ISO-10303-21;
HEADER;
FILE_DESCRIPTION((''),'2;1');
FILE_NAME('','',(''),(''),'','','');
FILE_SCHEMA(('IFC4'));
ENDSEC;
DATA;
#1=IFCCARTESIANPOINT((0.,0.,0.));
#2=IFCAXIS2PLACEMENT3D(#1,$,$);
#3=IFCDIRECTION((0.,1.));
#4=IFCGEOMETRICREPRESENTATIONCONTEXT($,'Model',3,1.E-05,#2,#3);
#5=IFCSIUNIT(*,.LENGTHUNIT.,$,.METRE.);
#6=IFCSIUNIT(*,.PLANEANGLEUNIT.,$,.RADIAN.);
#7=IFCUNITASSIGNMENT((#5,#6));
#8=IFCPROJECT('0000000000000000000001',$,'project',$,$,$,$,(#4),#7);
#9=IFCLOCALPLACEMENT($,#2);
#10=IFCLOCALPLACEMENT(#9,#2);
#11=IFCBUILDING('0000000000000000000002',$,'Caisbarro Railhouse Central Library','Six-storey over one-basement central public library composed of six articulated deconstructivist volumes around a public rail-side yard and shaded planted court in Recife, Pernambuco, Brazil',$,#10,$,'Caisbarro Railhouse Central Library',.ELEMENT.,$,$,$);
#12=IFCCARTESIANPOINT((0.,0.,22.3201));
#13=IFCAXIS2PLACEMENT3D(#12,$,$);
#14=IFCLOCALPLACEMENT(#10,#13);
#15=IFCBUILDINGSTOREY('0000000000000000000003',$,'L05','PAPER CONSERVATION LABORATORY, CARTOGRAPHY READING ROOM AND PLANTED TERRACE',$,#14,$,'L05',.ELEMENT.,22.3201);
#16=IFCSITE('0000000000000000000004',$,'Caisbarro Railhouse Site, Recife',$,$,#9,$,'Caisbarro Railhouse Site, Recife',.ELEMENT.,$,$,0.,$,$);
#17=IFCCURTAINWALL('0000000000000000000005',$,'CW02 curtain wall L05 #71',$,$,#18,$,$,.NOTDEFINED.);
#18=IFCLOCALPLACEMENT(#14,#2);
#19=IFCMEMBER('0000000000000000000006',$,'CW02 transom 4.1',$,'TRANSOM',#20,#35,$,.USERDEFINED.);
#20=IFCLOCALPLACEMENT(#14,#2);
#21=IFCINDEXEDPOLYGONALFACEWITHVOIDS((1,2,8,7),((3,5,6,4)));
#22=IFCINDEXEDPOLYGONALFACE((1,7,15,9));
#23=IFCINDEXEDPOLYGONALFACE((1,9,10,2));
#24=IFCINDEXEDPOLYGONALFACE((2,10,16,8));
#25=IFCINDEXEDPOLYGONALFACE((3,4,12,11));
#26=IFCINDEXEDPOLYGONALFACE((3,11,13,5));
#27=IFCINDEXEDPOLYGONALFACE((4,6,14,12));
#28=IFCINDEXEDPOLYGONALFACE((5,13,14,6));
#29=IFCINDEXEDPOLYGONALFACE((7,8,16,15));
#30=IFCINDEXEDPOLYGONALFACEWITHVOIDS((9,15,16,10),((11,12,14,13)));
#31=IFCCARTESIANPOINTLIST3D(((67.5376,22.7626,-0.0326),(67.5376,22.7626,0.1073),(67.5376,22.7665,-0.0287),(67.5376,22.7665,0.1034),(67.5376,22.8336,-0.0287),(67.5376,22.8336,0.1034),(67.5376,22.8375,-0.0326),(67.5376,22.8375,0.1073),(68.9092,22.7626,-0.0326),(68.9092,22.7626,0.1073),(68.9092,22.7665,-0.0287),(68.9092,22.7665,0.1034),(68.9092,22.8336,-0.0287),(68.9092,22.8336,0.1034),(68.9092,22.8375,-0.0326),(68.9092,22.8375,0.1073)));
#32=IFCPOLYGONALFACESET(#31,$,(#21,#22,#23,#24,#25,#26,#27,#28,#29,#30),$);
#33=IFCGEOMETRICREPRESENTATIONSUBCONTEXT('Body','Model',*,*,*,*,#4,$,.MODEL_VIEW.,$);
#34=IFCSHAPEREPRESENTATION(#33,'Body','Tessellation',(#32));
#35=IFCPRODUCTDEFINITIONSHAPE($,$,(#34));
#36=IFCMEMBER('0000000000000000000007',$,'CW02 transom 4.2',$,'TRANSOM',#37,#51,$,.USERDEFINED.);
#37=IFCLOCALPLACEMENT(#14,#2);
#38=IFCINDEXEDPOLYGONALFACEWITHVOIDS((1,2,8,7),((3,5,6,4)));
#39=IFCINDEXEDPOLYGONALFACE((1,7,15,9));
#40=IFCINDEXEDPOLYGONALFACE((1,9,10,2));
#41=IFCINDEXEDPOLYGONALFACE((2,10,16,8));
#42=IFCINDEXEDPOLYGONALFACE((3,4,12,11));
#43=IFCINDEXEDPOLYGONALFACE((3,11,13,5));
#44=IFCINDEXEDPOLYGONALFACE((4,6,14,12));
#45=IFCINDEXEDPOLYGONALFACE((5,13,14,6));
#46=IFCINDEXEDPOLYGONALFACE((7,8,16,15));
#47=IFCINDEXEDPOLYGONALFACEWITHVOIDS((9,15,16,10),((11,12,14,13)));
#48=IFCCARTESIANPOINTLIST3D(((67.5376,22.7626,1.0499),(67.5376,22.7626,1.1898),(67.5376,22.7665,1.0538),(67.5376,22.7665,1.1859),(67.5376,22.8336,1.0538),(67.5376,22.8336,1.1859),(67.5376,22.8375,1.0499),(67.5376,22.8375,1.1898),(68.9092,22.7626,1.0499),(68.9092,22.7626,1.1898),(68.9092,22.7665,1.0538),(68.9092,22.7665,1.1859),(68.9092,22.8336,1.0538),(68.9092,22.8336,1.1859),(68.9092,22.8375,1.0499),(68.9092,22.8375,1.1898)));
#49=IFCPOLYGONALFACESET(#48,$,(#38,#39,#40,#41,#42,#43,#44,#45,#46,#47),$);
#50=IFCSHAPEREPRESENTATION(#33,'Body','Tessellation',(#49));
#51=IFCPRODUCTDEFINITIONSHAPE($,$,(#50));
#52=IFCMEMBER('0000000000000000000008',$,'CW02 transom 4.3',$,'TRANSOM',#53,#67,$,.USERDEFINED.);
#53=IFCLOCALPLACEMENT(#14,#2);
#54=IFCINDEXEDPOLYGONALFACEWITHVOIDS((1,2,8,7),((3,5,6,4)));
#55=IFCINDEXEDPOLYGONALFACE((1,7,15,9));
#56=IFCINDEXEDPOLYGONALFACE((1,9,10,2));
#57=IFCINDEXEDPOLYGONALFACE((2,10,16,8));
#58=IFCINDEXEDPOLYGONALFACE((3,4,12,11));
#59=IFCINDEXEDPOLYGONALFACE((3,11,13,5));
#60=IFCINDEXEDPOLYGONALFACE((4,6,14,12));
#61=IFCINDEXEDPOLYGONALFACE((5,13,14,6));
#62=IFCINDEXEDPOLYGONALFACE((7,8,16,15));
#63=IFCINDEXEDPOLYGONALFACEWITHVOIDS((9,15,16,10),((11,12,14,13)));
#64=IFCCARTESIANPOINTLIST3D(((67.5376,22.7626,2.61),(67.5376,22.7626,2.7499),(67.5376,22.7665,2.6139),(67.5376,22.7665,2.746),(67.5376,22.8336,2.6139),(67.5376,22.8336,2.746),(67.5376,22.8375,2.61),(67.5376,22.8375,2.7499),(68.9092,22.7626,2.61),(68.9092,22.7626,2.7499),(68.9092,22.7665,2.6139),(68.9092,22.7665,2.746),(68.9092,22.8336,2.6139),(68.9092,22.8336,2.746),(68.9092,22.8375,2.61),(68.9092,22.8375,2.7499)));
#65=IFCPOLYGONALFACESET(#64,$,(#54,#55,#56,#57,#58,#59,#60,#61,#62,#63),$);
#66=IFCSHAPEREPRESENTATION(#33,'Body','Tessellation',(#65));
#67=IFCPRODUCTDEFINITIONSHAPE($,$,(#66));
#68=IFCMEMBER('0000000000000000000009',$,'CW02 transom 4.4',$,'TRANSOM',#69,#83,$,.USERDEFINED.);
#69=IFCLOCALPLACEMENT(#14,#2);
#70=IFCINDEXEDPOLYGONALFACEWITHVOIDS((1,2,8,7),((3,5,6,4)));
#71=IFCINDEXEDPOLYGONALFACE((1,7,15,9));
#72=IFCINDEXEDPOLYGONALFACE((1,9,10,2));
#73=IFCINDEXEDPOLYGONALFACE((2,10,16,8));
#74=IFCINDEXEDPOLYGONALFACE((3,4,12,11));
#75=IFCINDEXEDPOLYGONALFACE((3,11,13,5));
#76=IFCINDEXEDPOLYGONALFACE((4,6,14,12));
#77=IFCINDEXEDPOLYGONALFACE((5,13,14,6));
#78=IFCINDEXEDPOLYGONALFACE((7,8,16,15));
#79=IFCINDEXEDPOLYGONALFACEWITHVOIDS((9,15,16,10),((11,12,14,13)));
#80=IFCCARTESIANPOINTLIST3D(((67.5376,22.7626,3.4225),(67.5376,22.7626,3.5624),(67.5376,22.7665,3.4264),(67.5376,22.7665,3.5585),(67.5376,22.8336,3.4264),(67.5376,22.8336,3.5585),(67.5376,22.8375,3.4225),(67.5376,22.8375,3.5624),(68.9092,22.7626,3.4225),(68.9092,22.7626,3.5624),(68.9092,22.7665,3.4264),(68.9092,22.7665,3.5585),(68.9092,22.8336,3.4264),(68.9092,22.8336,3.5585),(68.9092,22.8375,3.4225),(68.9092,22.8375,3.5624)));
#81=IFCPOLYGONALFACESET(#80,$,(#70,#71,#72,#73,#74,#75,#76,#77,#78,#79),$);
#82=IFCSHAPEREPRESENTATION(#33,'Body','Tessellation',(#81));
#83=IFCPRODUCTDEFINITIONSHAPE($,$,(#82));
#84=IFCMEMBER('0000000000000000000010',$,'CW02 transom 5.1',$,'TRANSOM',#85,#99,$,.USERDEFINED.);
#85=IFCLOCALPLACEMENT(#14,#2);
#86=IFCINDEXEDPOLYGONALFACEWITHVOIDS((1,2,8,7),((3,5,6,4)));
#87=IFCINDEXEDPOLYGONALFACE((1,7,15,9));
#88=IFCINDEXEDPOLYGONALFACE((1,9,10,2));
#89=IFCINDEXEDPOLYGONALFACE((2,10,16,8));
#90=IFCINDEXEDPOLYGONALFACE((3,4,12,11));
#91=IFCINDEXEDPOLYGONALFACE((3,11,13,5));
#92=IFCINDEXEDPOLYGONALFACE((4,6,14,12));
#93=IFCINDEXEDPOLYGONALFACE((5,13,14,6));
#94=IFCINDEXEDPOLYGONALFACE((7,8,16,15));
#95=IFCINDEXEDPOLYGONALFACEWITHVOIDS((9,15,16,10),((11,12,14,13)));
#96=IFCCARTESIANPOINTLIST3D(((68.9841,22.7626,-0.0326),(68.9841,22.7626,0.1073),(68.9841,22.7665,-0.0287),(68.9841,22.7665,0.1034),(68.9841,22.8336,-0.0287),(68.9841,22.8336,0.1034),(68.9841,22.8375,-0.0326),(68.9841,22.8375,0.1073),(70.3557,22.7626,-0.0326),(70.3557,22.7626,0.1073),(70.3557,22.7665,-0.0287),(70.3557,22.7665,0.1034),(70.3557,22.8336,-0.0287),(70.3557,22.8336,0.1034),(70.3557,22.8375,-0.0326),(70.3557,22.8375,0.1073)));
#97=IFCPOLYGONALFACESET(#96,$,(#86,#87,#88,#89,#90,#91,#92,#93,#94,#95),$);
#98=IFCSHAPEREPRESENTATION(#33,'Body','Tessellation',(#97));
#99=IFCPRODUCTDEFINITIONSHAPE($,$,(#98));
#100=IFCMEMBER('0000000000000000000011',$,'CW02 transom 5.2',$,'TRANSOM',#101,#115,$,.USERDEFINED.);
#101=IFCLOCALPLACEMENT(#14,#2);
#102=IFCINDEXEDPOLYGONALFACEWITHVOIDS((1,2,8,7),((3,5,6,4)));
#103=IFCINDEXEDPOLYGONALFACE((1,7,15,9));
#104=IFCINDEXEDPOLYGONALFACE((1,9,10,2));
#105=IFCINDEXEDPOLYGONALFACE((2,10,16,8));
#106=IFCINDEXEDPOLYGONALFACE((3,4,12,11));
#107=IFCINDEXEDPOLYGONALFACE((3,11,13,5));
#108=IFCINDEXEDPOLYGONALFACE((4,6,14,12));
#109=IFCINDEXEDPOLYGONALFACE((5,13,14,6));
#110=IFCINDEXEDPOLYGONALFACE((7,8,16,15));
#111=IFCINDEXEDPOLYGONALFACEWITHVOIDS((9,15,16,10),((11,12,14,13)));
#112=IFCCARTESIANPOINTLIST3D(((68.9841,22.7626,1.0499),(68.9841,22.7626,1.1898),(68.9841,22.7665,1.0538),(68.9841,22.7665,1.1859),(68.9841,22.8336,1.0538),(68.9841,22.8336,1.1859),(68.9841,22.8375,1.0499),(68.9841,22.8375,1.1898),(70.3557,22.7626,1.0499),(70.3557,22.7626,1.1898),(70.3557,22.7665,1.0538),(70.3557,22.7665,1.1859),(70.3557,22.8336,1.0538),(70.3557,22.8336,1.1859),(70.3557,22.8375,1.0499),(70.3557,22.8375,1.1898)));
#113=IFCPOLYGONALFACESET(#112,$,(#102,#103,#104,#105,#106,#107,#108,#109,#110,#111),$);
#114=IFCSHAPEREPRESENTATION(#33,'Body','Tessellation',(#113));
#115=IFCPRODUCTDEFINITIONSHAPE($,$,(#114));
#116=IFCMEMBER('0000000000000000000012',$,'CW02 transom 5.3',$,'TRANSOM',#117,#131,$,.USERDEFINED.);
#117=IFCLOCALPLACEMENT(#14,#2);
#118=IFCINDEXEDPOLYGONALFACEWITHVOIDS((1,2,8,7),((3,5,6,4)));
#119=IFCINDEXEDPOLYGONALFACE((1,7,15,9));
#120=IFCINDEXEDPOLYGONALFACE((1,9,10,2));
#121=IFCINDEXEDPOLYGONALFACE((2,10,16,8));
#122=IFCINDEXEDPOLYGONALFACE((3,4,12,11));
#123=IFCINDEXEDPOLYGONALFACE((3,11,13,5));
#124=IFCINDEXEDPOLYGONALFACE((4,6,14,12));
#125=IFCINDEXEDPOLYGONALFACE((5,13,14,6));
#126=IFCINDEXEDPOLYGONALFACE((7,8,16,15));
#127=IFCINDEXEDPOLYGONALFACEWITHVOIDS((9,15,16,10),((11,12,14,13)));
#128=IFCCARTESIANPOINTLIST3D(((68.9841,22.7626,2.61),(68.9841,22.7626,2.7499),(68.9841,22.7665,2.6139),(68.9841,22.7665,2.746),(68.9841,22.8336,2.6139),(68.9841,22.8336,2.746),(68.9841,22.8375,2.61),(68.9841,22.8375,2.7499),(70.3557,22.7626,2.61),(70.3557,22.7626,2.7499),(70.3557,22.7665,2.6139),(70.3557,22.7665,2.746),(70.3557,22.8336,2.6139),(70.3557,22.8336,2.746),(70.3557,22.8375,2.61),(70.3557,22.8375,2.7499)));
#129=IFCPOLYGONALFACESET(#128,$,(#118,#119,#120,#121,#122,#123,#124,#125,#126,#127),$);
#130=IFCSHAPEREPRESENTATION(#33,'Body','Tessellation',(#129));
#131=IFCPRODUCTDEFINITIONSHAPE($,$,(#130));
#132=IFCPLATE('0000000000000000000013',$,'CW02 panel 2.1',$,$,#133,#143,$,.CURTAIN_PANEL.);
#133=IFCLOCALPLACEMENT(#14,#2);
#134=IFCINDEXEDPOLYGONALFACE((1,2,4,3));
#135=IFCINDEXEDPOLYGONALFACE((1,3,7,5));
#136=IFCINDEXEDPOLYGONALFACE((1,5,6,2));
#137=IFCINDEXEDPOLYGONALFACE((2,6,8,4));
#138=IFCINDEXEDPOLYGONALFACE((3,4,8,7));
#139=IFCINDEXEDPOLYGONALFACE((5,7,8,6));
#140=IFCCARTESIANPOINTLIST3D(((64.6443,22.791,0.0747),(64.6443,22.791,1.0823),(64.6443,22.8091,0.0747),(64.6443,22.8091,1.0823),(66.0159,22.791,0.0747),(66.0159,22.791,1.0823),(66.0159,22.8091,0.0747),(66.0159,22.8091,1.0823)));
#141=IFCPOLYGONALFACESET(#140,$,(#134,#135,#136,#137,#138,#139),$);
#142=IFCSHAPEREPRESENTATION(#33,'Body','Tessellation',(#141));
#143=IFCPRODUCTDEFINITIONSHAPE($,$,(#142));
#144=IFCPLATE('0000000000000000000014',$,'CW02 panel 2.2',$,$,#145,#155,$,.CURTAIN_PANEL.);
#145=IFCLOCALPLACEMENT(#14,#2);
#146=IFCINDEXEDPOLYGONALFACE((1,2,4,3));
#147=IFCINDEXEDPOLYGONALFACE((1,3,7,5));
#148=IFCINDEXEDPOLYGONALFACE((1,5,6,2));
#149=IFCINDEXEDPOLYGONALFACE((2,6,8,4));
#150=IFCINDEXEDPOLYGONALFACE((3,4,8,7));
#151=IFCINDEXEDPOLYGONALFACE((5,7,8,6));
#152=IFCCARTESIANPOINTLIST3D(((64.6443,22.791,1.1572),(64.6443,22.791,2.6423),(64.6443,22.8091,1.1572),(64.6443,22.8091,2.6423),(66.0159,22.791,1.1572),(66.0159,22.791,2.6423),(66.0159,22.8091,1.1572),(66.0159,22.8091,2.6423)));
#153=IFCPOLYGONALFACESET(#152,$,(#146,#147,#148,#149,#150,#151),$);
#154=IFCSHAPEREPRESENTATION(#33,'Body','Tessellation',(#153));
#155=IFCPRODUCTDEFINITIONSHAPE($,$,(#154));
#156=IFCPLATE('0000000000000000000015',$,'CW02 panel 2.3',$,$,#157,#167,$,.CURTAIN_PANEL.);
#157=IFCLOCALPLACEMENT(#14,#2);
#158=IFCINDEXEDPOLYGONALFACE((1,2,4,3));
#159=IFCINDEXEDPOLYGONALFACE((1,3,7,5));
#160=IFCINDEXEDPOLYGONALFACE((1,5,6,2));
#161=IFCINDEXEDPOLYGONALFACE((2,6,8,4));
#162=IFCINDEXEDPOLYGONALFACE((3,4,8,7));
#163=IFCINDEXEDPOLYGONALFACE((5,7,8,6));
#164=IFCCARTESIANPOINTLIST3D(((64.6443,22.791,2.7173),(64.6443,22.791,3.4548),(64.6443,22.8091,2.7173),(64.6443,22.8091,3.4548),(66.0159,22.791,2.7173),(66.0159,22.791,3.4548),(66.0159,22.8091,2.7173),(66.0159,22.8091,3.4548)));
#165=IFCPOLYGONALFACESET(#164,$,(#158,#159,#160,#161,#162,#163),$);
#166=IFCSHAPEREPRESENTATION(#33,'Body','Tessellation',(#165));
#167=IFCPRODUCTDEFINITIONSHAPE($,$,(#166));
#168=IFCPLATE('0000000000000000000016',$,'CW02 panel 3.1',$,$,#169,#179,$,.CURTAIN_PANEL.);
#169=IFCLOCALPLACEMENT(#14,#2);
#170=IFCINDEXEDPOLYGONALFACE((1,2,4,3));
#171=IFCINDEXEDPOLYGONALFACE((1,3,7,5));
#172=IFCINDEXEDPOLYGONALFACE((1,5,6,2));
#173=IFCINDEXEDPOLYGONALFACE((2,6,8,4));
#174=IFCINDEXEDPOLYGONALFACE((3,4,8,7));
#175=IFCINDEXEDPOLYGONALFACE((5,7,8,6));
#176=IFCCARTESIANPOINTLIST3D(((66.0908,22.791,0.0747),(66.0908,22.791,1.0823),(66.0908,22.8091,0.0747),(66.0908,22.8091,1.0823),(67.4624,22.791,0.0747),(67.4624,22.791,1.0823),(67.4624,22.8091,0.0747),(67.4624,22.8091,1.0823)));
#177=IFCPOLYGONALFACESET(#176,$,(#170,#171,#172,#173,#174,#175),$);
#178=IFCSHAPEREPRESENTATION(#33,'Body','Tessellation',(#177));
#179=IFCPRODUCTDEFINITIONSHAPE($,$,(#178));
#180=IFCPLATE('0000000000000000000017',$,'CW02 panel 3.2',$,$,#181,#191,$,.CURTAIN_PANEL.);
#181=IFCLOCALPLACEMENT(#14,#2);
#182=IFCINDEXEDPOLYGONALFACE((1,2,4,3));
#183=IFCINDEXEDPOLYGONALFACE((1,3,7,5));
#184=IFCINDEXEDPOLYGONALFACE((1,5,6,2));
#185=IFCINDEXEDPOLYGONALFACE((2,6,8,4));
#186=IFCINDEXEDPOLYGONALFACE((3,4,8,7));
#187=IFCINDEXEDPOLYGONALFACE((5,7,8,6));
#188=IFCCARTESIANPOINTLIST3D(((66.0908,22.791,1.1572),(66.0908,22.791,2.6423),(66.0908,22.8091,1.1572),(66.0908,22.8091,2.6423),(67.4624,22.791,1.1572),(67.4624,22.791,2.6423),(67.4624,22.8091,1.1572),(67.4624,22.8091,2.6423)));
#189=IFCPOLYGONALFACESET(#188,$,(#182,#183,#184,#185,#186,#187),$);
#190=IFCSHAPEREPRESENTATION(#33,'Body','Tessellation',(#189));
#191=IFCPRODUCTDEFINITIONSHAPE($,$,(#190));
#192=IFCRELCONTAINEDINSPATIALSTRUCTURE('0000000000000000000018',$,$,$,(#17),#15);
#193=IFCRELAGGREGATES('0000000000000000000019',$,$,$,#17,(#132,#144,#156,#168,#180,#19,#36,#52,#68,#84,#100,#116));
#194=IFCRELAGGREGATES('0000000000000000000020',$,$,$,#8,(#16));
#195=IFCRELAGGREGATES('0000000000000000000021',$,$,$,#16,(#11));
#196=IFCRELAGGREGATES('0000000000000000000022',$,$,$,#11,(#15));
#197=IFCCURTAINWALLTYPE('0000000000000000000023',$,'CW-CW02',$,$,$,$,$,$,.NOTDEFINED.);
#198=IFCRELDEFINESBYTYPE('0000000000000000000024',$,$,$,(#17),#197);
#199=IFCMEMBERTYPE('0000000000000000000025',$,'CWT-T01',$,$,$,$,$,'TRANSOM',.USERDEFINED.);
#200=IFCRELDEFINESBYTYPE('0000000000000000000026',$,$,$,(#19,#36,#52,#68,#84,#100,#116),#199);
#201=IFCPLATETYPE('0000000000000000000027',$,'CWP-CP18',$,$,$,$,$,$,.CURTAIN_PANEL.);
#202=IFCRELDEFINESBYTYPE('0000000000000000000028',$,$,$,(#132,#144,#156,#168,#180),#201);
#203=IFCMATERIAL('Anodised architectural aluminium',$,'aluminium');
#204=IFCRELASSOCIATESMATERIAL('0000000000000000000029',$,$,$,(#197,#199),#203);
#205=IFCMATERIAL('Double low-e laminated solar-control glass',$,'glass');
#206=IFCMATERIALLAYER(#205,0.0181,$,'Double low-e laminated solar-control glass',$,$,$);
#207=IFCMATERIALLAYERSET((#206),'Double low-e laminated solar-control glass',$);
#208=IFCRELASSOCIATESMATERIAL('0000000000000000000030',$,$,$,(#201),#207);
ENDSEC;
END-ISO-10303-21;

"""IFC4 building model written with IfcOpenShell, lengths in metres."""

from ifc_helpers import new_model, si_unit, direction, frame, origin, origin_2d, place, context, subcontext, project, spatial, rectangle, hollow_rectangle, extrude, material, layer, layer_set, material_profile, profile_set, type_object, element, aggregate, save


model = new_model("IFC4")

# Units and contexts
model_context = context("Model", 3, precision=1e-05, world=origin(), true_north=direction((0.0, 1.0)))
body_context = subcontext(model_context, "Body", "Model", "MODEL_VIEW")
ifc_project = project(units=[si_unit("LENGTHUNIT", "METRE"), si_unit("PLANEANGLEUNIT", "RADIAN")], contexts=[model_context])

# Site, building, storey
site_placement = place(None, origin())
site = spatial("IfcSite", under=ifc_project, at=site_placement, Name="Caisbarro Railhouse Site, Recife", LongName="Caisbarro Railhouse Site, Recife", CompositionType="ELEMENT", RefElevation=0.0)
building_placement = place(site_placement, origin())
building = spatial("IfcBuilding", under=site, at=building_placement, Name="Caisbarro Railhouse Central Library", Description="Six-storey over one-basement central public library composed of six articulated deconstructivist volumes around a public rail-side yard and shaded planted court in Recife, Pernambuco, Brazil", LongName="Caisbarro Railhouse Central Library", CompositionType="ELEMENT")
storey_placement = place(building_placement, frame((0.0, 0.0, 22.3201)))
storey = spatial("IfcBuildingStorey", under=building, at=storey_placement, Name="L05", Description="PAPER CONSERVATION LABORATORY, CARTOGRAPHY READING ROOM AND PLANTED TERRACE", LongName="L05", CompositionType="ELEMENT", Elevation=22.3201)

# Curtain wall, members, plates
ifc_material_1 = material(Name="Anodised architectural aluminium", Category="aluminium")
curtain_wall_type = type_object("IfcCurtainWallType", Name="CW-CW02", PredefinedType="NOTDEFINED", material=ifc_material_1)
curtain_wall_placement = place(storey_placement, origin())
curtain_wall = element("IfcCurtainWall", 1, at=curtain_wall_placement, inside=storey, type_object=curtain_wall_type, Name="CW02 curtain wall L05 #71", PredefinedType="NOTDEFINED")
ifc_material_profile_1 = material_profile(ifc_material_1, hollow_rectangle(XDim=0.075, YDim=0.1399, WallThickness=0.0039, at=origin_2d()), Name="ALU-TRN-75X140")
ifc_profile_set_1 = profile_set([ifc_material_profile_1], Name="Anodised architectural aluminium")
member_type_1 = type_object("IfcMemberType", Name="CWT-T01", ElementType="TRANSOM", PredefinedType="USERDEFINED", material=ifc_profile_set_1)
member_1_placement = place(storey_placement, frame((67.5376, 22.8, 0.0374), z_axis=(1.0, 0.0, 0.0), x_axis=(0.0, 1.0, 0.0)))
member_1 = element("IfcMember", 2, at=member_1_placement, type_object=member_type_1, Name="CW02 transom 4.1", ObjectType="TRANSOM", PredefinedType="USERDEFINED", context=body_context, shape_type="SweptSolid", body=[
    extrude(hollow_rectangle(XDim=0.075, YDim=0.1399, WallThickness=0.0039, at=origin_2d()), origin(), (0.0, 0.0, 1.0), 1.3716),
])
member_2_placement = place(storey_placement, frame((67.5376, 22.8, 1.1199), z_axis=(1.0, 0.0, 0.0), x_axis=(0.0, 1.0, 0.0)))
member_2 = element("IfcMember", 3, at=member_2_placement, type_object=member_type_1, Name="CW02 transom 4.2", ObjectType="TRANSOM", PredefinedType="USERDEFINED", context=body_context, shape_type="SweptSolid", body=[
    extrude(hollow_rectangle(XDim=0.075, YDim=0.1399, WallThickness=0.0039, at=origin_2d()), origin(), (0.0, 0.0, 1.0), 1.3716),
])
member_3_placement = place(storey_placement, frame((67.5376, 22.8, 2.6799), z_axis=(1.0, 0.0, 0.0), x_axis=(0.0, 1.0, 0.0)))
member_3 = element("IfcMember", 4, at=member_3_placement, type_object=member_type_1, Name="CW02 transom 4.3", ObjectType="TRANSOM", PredefinedType="USERDEFINED", context=body_context, shape_type="SweptSolid", body=[
    extrude(hollow_rectangle(XDim=0.075, YDim=0.1399, WallThickness=0.0039, at=origin_2d()), origin(), (0.0, 0.0, 1.0), 1.3716),
])
member_4_placement = place(storey_placement, frame((67.5376, 22.8, 3.4924), z_axis=(1.0, 0.0, 0.0), x_axis=(0.0, 1.0, 0.0)))
member_4 = element("IfcMember", 5, at=member_4_placement, type_object=member_type_1, Name="CW02 transom 4.4", ObjectType="TRANSOM", PredefinedType="USERDEFINED", context=body_context, shape_type="SweptSolid", body=[
    extrude(hollow_rectangle(XDim=0.075, YDim=0.1399, WallThickness=0.0039, at=origin_2d()), origin(), (0.0, 0.0, 1.0), 1.3716),
])
member_5_placement = place(storey_placement, frame((68.9841, 22.8, 0.0374), z_axis=(1.0, 0.0, 0.0), x_axis=(0.0, 1.0, 0.0)))
member_5 = element("IfcMember", 6, at=member_5_placement, type_object=member_type_1, Name="CW02 transom 5.1", ObjectType="TRANSOM", PredefinedType="USERDEFINED", context=body_context, shape_type="SweptSolid", body=[
    extrude(hollow_rectangle(XDim=0.075, YDim=0.1399, WallThickness=0.0039, at=origin_2d()), origin(), (0.0, 0.0, 1.0), 1.3716),
])
member_6_placement = place(storey_placement, frame((68.9841, 22.8, 1.1199), z_axis=(1.0, 0.0, 0.0), x_axis=(0.0, 1.0, 0.0)))
member_6 = element("IfcMember", 7, at=member_6_placement, type_object=member_type_1, Name="CW02 transom 5.2", ObjectType="TRANSOM", PredefinedType="USERDEFINED", context=body_context, shape_type="SweptSolid", body=[
    extrude(hollow_rectangle(XDim=0.075, YDim=0.1399, WallThickness=0.0039, at=origin_2d()), origin(), (0.0, 0.0, 1.0), 1.3716),
])
member_7_placement = place(storey_placement, frame((68.9841, 22.8, 2.6799), z_axis=(1.0, 0.0, 0.0), x_axis=(0.0, 1.0, 0.0)))
member_7 = element("IfcMember", 8, at=member_7_placement, type_object=member_type_1, Name="CW02 transom 5.3", ObjectType="TRANSOM", PredefinedType="USERDEFINED", context=body_context, shape_type="SweptSolid", body=[
    extrude(hollow_rectangle(XDim=0.075, YDim=0.1399, WallThickness=0.0039, at=origin_2d()), origin(), (0.0, 0.0, 1.0), 1.3716),
])
ifc_material_2 = material(Name="Double low-e laminated solar-control glass", Category="glass")
ifc_layer = layer(ifc_material_2, 0.0181, Name="Double low-e laminated solar-control glass")
ifc_layer_set = layer_set([ifc_layer], Name="Double low-e laminated solar-control glass")
plate_type = type_object("IfcPlateType", Name="CWP-CP18", PredefinedType="CURTAIN_PANEL", material=ifc_layer_set)
plate_1_placement = place(storey_placement, frame((65.3301, 22.8, 0.0747), z_axis=(0.0, 0.0, 1.0), x_axis=(1.0, 0.0, 0.0)))
plate_1 = element("IfcPlate", 9, at=plate_1_placement, type_object=plate_type, Name="CW02 panel 2.1", PredefinedType="CURTAIN_PANEL", context=body_context, shape_type="SweptSolid", body=[
    extrude(rectangle(XDim=1.3716, YDim=0.0181, at=origin_2d()), origin(), (0.0, 0.0, 1.0), 1.0076),
])
plate_2_placement = place(storey_placement, frame((65.3301, 22.8, 1.1572), z_axis=(0.0, 0.0, 1.0), x_axis=(1.0, 0.0, 0.0)))
plate_2 = element("IfcPlate", 10, at=plate_2_placement, type_object=plate_type, Name="CW02 panel 2.2", PredefinedType="CURTAIN_PANEL", context=body_context, shape_type="SweptSolid", body=[
    extrude(rectangle(XDim=1.3716, YDim=0.0181, at=origin_2d()), origin(), (0.0, 0.0, 1.0), 1.4851),
])
plate_3_placement = place(storey_placement, frame((65.3301, 22.8, 2.7173), z_axis=(0.0, 0.0, 1.0), x_axis=(1.0, 0.0, 0.0)))
plate_3 = element("IfcPlate", 11, at=plate_3_placement, type_object=plate_type, Name="CW02 panel 2.3", PredefinedType="CURTAIN_PANEL", context=body_context, shape_type="SweptSolid", body=[
    extrude(rectangle(XDim=1.3716, YDim=0.0181, at=origin_2d()), origin(), (0.0, 0.0, 1.0), 0.7375),
])
plate_4_placement = place(storey_placement, frame((66.7766, 22.8, 0.0747), z_axis=(0.0, 0.0, 1.0), x_axis=(1.0, 0.0, 0.0)))
plate_4 = element("IfcPlate", 12, at=plate_4_placement, type_object=plate_type, Name="CW02 panel 3.1", PredefinedType="CURTAIN_PANEL", context=body_context, shape_type="SweptSolid", body=[
    extrude(rectangle(XDim=1.3716, YDim=0.0181, at=origin_2d()), origin(), (0.0, 0.0, 1.0), 1.0076),
])
plate_5_placement = place(storey_placement, frame((66.7766, 22.8, 1.1572), z_axis=(0.0, 0.0, 1.0), x_axis=(1.0, 0.0, 0.0)))
plate_5 = element("IfcPlate", 13, at=plate_5_placement, type_object=plate_type, Name="CW02 panel 3.2", PredefinedType="CURTAIN_PANEL", context=body_context, shape_type="SweptSolid", body=[
    extrude(rectangle(XDim=1.3716, YDim=0.0181, at=origin_2d()), origin(), (0.0, 0.0, 1.0), 1.4851),
])
aggregate(curtain_wall, [plate_1, plate_2, plate_3, plate_4, plate_5, member_1, member_2, member_3, member_4, member_5, member_6, member_7])

save(model, "model.ifc")
